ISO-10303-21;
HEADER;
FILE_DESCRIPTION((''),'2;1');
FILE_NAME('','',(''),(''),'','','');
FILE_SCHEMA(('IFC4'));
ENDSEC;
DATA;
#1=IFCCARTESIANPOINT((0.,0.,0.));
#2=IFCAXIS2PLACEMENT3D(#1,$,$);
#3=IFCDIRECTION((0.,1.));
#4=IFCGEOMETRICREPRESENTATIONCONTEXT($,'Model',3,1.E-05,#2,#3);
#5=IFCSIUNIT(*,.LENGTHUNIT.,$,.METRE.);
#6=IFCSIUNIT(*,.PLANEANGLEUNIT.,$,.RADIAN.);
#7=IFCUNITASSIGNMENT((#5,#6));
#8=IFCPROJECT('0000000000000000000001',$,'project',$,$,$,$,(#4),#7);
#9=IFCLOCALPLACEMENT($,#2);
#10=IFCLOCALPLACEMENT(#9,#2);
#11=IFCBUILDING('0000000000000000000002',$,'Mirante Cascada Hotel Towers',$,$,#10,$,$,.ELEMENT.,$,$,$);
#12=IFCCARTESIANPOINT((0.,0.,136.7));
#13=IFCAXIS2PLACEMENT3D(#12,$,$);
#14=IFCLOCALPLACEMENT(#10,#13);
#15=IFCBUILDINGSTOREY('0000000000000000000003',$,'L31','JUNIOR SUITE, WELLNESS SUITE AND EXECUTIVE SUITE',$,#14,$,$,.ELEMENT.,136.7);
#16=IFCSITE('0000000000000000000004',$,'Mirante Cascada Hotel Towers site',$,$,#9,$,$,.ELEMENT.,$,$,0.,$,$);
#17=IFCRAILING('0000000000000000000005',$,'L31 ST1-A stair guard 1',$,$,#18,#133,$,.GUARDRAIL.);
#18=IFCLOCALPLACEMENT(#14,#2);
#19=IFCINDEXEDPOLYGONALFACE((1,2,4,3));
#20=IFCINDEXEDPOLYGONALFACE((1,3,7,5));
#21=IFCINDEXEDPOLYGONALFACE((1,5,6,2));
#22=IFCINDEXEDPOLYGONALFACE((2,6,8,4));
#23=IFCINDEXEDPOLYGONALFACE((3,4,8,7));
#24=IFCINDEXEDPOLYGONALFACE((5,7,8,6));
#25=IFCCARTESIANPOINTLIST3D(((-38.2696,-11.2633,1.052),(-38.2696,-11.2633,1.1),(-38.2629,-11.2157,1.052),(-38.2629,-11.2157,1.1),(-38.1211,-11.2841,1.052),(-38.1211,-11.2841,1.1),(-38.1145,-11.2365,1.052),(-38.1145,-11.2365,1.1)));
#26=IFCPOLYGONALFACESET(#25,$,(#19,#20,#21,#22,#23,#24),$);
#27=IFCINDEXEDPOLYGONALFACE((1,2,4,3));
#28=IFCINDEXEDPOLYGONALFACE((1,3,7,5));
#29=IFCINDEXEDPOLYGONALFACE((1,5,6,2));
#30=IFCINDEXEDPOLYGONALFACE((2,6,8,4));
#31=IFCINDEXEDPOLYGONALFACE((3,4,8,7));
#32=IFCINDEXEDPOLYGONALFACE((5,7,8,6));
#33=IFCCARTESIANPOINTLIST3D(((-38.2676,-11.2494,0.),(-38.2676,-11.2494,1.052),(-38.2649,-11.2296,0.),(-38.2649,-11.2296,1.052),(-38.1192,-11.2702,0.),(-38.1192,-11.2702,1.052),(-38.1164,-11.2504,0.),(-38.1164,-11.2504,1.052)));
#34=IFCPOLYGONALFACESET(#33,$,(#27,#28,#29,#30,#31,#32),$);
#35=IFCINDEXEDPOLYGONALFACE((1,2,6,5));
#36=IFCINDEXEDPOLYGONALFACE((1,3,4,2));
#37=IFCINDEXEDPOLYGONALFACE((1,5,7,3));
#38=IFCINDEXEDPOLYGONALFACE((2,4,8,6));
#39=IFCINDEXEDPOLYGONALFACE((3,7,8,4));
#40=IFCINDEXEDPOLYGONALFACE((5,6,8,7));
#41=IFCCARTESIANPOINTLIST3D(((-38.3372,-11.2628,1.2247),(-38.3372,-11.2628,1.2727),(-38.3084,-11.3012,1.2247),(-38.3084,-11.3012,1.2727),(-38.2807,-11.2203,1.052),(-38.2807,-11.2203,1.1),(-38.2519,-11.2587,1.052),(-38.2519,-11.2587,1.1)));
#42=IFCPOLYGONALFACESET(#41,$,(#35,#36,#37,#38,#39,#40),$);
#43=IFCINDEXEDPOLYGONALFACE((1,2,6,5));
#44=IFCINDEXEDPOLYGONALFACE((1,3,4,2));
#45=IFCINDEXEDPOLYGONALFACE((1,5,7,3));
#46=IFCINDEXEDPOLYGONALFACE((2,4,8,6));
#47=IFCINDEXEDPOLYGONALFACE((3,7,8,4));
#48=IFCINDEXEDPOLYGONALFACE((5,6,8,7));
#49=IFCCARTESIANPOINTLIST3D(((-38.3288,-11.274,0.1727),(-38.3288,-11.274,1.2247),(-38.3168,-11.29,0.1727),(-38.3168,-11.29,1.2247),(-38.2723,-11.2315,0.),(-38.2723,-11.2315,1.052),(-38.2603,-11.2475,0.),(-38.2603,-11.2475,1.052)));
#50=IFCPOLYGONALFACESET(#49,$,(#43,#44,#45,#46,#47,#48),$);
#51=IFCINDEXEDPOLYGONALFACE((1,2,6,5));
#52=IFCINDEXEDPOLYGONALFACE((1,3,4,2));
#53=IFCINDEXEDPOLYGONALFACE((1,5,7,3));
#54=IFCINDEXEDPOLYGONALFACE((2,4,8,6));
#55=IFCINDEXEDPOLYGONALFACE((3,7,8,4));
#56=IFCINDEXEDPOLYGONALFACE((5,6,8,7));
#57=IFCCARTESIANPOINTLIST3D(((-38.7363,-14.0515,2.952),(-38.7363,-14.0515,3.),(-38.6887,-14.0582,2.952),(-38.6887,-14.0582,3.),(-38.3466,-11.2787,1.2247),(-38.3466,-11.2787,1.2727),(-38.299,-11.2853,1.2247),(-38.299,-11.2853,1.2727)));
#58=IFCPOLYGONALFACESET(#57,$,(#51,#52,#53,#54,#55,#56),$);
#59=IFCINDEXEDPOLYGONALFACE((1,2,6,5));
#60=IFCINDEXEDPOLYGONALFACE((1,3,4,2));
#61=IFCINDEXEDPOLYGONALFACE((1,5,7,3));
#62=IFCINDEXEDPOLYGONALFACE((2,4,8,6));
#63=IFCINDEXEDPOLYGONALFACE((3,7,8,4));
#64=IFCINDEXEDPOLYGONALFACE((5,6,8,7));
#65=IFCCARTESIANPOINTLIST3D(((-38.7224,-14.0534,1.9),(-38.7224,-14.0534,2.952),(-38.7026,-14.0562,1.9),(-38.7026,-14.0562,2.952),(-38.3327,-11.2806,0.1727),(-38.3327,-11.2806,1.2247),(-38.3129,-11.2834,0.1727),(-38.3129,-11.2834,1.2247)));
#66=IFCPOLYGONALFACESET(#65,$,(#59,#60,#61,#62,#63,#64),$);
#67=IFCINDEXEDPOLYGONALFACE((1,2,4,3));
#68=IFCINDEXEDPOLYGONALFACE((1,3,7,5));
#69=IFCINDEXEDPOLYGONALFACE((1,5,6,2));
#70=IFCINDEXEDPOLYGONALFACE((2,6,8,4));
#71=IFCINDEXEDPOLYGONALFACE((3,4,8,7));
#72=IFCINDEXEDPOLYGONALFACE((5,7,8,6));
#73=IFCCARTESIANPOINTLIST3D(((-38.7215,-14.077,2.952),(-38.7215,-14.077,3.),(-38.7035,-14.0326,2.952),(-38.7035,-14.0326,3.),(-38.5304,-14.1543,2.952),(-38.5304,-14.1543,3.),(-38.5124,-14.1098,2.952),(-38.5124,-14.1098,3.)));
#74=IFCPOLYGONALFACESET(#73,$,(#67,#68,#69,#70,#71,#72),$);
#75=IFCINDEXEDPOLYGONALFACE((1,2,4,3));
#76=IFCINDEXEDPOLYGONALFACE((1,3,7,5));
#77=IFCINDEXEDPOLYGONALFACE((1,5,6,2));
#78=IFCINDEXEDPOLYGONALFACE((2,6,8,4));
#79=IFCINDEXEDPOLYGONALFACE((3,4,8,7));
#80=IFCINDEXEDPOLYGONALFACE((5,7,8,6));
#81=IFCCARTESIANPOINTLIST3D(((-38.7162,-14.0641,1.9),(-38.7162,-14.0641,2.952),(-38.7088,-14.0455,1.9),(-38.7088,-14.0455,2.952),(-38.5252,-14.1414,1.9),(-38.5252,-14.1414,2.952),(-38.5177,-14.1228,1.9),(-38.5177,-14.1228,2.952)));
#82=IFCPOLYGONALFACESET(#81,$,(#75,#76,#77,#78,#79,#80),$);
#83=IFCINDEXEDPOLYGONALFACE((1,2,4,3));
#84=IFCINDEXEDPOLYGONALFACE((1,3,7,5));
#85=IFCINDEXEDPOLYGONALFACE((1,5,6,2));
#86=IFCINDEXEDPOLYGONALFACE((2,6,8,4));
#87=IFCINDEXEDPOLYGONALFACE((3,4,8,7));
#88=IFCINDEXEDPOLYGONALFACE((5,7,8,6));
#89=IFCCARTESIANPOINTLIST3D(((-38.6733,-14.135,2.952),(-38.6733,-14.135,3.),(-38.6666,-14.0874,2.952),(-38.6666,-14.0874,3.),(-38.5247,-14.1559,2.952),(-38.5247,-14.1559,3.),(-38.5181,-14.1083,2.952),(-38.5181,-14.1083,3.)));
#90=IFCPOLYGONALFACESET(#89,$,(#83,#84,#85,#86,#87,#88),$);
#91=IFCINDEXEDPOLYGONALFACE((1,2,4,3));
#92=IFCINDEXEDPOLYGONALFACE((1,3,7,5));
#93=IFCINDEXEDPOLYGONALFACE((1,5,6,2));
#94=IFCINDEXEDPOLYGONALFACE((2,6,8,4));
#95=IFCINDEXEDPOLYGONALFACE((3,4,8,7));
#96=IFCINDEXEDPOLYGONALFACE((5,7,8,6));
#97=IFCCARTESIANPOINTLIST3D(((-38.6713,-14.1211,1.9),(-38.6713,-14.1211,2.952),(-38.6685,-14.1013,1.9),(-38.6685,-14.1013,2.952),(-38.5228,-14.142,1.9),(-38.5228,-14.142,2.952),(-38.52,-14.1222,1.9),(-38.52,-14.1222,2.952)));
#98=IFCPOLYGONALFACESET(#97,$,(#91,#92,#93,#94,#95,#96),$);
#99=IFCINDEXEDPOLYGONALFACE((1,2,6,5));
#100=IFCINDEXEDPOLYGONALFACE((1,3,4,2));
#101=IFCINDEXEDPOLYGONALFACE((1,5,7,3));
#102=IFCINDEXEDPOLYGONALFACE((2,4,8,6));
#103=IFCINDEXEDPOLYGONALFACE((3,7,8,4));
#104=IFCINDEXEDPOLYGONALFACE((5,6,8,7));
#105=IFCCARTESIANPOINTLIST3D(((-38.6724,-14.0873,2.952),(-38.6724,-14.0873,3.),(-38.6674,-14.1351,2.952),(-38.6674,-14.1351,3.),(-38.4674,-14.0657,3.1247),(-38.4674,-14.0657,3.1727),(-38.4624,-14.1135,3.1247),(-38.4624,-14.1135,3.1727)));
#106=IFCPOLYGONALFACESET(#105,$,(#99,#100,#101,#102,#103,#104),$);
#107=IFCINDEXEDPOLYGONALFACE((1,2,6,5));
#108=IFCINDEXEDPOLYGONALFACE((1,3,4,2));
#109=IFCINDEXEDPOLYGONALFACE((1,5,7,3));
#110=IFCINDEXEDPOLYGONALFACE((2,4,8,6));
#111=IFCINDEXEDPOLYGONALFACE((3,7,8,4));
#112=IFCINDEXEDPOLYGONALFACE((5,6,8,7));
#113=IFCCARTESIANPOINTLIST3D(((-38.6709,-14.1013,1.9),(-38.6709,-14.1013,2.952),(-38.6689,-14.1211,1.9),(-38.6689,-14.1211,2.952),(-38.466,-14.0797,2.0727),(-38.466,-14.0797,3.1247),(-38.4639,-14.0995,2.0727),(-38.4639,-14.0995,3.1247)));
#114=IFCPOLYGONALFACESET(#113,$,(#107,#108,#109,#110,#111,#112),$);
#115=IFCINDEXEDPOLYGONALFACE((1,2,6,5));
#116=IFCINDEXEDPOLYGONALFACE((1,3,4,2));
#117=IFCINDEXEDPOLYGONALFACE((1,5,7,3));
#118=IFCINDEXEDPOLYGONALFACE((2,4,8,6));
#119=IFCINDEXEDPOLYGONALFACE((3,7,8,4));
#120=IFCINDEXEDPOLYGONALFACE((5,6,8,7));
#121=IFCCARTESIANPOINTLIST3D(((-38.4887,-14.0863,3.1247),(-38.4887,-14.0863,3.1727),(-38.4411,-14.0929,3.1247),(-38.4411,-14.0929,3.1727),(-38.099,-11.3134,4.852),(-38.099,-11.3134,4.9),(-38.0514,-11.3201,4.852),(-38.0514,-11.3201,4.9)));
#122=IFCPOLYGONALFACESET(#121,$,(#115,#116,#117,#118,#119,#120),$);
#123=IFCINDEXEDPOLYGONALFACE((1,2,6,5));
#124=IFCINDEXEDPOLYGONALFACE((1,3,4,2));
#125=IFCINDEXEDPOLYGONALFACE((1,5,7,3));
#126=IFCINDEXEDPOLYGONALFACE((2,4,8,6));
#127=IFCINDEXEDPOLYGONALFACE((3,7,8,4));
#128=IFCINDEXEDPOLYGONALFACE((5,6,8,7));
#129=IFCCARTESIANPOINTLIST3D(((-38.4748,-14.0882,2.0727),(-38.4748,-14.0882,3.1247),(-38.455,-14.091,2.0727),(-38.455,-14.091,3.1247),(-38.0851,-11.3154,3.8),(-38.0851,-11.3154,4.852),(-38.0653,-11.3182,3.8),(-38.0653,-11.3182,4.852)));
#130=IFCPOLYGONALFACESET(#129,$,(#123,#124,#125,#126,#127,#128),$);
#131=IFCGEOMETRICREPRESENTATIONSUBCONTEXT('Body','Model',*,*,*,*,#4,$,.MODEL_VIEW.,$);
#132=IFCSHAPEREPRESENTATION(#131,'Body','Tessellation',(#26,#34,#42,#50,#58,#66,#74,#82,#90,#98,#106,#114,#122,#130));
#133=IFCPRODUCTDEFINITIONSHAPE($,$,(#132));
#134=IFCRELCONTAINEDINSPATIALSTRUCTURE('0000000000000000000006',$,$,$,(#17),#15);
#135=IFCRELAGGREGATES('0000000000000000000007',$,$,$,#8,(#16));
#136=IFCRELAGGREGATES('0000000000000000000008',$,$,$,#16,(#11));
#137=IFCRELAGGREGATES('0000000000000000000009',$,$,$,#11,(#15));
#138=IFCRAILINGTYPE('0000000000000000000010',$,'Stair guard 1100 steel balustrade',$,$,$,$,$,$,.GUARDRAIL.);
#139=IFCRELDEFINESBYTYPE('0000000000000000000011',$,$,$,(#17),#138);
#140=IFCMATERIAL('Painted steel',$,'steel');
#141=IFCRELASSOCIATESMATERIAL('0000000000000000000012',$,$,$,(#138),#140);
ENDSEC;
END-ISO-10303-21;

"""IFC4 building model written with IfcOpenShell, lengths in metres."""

from ifc_helpers import new_model, si_unit, direction, frame, origin, origin_2d, place, context, subcontext, project, spatial, rectangle, extrude, material, type_object, element, save


model = new_model("IFC4")

# Units and contexts
model_context = context("Model", 3, precision=1e-05, world=origin(), true_north=direction((0.0, 1.0)))
body_context = subcontext(model_context, "Body", "Model", "MODEL_VIEW")
ifc_project = project(units=[si_unit("LENGTHUNIT", "METRE"), si_unit("PLANEANGLEUNIT", "RADIAN")], contexts=[model_context])

# Site, building, storey
site_placement = place(None, origin())
site = spatial("IfcSite", under=ifc_project, at=site_placement, Name="Mirante Cascada Hotel Towers site", CompositionType="ELEMENT", RefElevation=0.0)
building_placement = place(site_placement, origin())
building = spatial("IfcBuilding", under=site, at=building_placement, Name="Mirante Cascada Hotel Towers", CompositionType="ELEMENT")
storey_placement = place(building_placement, frame((0.0, 0.0, 136.7)))
storey = spatial("IfcBuildingStorey", under=building, at=storey_placement, Name="L31", Description="JUNIOR SUITE, WELLNESS SUITE AND EXECUTIVE SUITE", CompositionType="ELEMENT", Elevation=136.7)

# Railing
ifc_material_1 = material(Name="Painted steel", Category="steel")
railing_type = type_object("IfcRailingType", Name="Stair guard 1100 steel balustrade", PredefinedType="GUARDRAIL", material=ifc_material_1)
railing_placement = place(storey_placement, frame((-38.1178, -11.2603, 0.0)))
element("IfcRailing", 1, at=railing_placement, inside=storey, type_object=railing_type, Name="L31 ST1-A stair guard 1", PredefinedType="GUARDRAIL", context=body_context, shape_type="SweptSolid", body=[
    extrude(rectangle(XDim=0.048, YDim=0.048, at=origin_2d()), frame((0.0, 0.0, 1.076), z_axis=(-0.990333, 0.138713, 0.0), x_axis=(-0.138713, -0.990333, 0.0)), (0.0, 0.0, 1.0), 0.1499),
    extrude(rectangle(XDim=0.02, YDim=1.052, at=origin_2d()), frame((0.0, 0.0, 0.526), z_axis=(-0.990333, 0.138713, 0.0), x_axis=(-0.138713, -0.990333, 0.0)), (0.0, 0.0, 1.0), 0.1499),
    extrude(rectangle(XDim=0.048, YDim=0.048, at=origin_2d()), frame((-0.1485, 0.0208, 1.076), z_axis=(-0.79915, -0.601131, 0.0), x_axis=(0.601131, -0.79915, 0.0)), (0.0, 0.925453, 0.378863), 0.1866),
    extrude(rectangle(XDim=0.02, YDim=1.052, at=origin_2d()), frame((-0.1485, 0.0208, 0.526), z_axis=(-0.79915, -0.601131, 0.0), x_axis=(0.601131, -0.79915, 0.0)), (0.0, 0.925453, 0.378863), 0.1866),
    extrude(rectangle(XDim=0.048, YDim=0.048, at=origin_2d()), frame((-0.205, -0.0217, 1.2487), z_axis=(-0.139176, -0.990268, 0.0), x_axis=(0.990268, -0.139176, 0.0)), (0.0, 0.525021, 0.851089), 3.29),
    extrude(rectangle(XDim=0.02, YDim=1.052, at=origin_2d()), frame((-0.205, -0.0217, 0.6987), z_axis=(-0.139176, -0.990268, 0.0), x_axis=(0.990268, -0.139176, 0.0)), (0.0, 0.525021, 0.851089), 3.29),
    extrude(rectangle(XDim=0.048, YDim=0.048, at=origin_2d()), frame((-0.5947, -2.7945, 2.976), z_axis=(0.927031, -0.374984, 0.0), x_axis=(0.374984, 0.927031, 0.0)), (0.0, 0.0, 1.0), 0.2061),
    extrude(rectangle(XDim=0.02, YDim=1.052, at=origin_2d()), frame((-0.5947, -2.7945, 2.426), z_axis=(0.927031, -0.374984, 0.0), x_axis=(0.374984, 0.927031, 0.0)), (0.0, 0.0, 1.0), 0.2061),
    extrude(rectangle(XDim=0.048, YDim=0.048, at=origin_2d()), frame((-0.4036, -2.8718, 2.976), z_axis=(-0.990241, 0.139367, 0.0), x_axis=(-0.139367, -0.990241, 0.0)), (0.0, 0.0, 1.0), 0.15),
    extrude(rectangle(XDim=0.02, YDim=1.052, at=origin_2d()), frame((-0.4036, -2.8718, 2.426), z_axis=(-0.990241, 0.139367, 0.0), x_axis=(-0.139367, -0.990241, 0.0)), (0.0, 0.0, 1.0), 0.15),
    extrude(rectangle(XDim=0.048, YDim=0.048, at=origin_2d()), frame((-0.5521, -2.8509, 2.976), z_axis=(0.994495, 0.104786, 0.0), x_axis=(-0.104786, 0.994495, 0.0)), (0.0, 0.642203, 0.766534), 0.2689),
    extrude(rectangle(XDim=0.02, YDim=1.052, at=origin_2d()), frame((-0.5521, -2.8509, 2.426), z_axis=(0.994495, 0.104786, 0.0), x_axis=(-0.104786, 0.994495, 0.0)), (0.0, 0.642203, 0.766534), 0.2689),
    extrude(rectangle(XDim=0.048, YDim=0.048, at=origin_2d()), frame((-0.3471, -2.8293, 3.1487), z_axis=(0.139176, 0.990268, 0.0), x_axis=(-0.990268, 0.139176, 0.0)), (0.0, 0.525021, 0.851089), 3.29),
    extrude(rectangle(XDim=0.02, YDim=1.052, at=origin_2d()), frame((-0.3471, -2.8293, 2.5987), z_axis=(0.139176, 0.990268, 0.0), x_axis=(-0.990268, 0.139176, 0.0)), (0.0, 0.525021, 0.851089), 3.29),
])

save(model, "model.ifc")
